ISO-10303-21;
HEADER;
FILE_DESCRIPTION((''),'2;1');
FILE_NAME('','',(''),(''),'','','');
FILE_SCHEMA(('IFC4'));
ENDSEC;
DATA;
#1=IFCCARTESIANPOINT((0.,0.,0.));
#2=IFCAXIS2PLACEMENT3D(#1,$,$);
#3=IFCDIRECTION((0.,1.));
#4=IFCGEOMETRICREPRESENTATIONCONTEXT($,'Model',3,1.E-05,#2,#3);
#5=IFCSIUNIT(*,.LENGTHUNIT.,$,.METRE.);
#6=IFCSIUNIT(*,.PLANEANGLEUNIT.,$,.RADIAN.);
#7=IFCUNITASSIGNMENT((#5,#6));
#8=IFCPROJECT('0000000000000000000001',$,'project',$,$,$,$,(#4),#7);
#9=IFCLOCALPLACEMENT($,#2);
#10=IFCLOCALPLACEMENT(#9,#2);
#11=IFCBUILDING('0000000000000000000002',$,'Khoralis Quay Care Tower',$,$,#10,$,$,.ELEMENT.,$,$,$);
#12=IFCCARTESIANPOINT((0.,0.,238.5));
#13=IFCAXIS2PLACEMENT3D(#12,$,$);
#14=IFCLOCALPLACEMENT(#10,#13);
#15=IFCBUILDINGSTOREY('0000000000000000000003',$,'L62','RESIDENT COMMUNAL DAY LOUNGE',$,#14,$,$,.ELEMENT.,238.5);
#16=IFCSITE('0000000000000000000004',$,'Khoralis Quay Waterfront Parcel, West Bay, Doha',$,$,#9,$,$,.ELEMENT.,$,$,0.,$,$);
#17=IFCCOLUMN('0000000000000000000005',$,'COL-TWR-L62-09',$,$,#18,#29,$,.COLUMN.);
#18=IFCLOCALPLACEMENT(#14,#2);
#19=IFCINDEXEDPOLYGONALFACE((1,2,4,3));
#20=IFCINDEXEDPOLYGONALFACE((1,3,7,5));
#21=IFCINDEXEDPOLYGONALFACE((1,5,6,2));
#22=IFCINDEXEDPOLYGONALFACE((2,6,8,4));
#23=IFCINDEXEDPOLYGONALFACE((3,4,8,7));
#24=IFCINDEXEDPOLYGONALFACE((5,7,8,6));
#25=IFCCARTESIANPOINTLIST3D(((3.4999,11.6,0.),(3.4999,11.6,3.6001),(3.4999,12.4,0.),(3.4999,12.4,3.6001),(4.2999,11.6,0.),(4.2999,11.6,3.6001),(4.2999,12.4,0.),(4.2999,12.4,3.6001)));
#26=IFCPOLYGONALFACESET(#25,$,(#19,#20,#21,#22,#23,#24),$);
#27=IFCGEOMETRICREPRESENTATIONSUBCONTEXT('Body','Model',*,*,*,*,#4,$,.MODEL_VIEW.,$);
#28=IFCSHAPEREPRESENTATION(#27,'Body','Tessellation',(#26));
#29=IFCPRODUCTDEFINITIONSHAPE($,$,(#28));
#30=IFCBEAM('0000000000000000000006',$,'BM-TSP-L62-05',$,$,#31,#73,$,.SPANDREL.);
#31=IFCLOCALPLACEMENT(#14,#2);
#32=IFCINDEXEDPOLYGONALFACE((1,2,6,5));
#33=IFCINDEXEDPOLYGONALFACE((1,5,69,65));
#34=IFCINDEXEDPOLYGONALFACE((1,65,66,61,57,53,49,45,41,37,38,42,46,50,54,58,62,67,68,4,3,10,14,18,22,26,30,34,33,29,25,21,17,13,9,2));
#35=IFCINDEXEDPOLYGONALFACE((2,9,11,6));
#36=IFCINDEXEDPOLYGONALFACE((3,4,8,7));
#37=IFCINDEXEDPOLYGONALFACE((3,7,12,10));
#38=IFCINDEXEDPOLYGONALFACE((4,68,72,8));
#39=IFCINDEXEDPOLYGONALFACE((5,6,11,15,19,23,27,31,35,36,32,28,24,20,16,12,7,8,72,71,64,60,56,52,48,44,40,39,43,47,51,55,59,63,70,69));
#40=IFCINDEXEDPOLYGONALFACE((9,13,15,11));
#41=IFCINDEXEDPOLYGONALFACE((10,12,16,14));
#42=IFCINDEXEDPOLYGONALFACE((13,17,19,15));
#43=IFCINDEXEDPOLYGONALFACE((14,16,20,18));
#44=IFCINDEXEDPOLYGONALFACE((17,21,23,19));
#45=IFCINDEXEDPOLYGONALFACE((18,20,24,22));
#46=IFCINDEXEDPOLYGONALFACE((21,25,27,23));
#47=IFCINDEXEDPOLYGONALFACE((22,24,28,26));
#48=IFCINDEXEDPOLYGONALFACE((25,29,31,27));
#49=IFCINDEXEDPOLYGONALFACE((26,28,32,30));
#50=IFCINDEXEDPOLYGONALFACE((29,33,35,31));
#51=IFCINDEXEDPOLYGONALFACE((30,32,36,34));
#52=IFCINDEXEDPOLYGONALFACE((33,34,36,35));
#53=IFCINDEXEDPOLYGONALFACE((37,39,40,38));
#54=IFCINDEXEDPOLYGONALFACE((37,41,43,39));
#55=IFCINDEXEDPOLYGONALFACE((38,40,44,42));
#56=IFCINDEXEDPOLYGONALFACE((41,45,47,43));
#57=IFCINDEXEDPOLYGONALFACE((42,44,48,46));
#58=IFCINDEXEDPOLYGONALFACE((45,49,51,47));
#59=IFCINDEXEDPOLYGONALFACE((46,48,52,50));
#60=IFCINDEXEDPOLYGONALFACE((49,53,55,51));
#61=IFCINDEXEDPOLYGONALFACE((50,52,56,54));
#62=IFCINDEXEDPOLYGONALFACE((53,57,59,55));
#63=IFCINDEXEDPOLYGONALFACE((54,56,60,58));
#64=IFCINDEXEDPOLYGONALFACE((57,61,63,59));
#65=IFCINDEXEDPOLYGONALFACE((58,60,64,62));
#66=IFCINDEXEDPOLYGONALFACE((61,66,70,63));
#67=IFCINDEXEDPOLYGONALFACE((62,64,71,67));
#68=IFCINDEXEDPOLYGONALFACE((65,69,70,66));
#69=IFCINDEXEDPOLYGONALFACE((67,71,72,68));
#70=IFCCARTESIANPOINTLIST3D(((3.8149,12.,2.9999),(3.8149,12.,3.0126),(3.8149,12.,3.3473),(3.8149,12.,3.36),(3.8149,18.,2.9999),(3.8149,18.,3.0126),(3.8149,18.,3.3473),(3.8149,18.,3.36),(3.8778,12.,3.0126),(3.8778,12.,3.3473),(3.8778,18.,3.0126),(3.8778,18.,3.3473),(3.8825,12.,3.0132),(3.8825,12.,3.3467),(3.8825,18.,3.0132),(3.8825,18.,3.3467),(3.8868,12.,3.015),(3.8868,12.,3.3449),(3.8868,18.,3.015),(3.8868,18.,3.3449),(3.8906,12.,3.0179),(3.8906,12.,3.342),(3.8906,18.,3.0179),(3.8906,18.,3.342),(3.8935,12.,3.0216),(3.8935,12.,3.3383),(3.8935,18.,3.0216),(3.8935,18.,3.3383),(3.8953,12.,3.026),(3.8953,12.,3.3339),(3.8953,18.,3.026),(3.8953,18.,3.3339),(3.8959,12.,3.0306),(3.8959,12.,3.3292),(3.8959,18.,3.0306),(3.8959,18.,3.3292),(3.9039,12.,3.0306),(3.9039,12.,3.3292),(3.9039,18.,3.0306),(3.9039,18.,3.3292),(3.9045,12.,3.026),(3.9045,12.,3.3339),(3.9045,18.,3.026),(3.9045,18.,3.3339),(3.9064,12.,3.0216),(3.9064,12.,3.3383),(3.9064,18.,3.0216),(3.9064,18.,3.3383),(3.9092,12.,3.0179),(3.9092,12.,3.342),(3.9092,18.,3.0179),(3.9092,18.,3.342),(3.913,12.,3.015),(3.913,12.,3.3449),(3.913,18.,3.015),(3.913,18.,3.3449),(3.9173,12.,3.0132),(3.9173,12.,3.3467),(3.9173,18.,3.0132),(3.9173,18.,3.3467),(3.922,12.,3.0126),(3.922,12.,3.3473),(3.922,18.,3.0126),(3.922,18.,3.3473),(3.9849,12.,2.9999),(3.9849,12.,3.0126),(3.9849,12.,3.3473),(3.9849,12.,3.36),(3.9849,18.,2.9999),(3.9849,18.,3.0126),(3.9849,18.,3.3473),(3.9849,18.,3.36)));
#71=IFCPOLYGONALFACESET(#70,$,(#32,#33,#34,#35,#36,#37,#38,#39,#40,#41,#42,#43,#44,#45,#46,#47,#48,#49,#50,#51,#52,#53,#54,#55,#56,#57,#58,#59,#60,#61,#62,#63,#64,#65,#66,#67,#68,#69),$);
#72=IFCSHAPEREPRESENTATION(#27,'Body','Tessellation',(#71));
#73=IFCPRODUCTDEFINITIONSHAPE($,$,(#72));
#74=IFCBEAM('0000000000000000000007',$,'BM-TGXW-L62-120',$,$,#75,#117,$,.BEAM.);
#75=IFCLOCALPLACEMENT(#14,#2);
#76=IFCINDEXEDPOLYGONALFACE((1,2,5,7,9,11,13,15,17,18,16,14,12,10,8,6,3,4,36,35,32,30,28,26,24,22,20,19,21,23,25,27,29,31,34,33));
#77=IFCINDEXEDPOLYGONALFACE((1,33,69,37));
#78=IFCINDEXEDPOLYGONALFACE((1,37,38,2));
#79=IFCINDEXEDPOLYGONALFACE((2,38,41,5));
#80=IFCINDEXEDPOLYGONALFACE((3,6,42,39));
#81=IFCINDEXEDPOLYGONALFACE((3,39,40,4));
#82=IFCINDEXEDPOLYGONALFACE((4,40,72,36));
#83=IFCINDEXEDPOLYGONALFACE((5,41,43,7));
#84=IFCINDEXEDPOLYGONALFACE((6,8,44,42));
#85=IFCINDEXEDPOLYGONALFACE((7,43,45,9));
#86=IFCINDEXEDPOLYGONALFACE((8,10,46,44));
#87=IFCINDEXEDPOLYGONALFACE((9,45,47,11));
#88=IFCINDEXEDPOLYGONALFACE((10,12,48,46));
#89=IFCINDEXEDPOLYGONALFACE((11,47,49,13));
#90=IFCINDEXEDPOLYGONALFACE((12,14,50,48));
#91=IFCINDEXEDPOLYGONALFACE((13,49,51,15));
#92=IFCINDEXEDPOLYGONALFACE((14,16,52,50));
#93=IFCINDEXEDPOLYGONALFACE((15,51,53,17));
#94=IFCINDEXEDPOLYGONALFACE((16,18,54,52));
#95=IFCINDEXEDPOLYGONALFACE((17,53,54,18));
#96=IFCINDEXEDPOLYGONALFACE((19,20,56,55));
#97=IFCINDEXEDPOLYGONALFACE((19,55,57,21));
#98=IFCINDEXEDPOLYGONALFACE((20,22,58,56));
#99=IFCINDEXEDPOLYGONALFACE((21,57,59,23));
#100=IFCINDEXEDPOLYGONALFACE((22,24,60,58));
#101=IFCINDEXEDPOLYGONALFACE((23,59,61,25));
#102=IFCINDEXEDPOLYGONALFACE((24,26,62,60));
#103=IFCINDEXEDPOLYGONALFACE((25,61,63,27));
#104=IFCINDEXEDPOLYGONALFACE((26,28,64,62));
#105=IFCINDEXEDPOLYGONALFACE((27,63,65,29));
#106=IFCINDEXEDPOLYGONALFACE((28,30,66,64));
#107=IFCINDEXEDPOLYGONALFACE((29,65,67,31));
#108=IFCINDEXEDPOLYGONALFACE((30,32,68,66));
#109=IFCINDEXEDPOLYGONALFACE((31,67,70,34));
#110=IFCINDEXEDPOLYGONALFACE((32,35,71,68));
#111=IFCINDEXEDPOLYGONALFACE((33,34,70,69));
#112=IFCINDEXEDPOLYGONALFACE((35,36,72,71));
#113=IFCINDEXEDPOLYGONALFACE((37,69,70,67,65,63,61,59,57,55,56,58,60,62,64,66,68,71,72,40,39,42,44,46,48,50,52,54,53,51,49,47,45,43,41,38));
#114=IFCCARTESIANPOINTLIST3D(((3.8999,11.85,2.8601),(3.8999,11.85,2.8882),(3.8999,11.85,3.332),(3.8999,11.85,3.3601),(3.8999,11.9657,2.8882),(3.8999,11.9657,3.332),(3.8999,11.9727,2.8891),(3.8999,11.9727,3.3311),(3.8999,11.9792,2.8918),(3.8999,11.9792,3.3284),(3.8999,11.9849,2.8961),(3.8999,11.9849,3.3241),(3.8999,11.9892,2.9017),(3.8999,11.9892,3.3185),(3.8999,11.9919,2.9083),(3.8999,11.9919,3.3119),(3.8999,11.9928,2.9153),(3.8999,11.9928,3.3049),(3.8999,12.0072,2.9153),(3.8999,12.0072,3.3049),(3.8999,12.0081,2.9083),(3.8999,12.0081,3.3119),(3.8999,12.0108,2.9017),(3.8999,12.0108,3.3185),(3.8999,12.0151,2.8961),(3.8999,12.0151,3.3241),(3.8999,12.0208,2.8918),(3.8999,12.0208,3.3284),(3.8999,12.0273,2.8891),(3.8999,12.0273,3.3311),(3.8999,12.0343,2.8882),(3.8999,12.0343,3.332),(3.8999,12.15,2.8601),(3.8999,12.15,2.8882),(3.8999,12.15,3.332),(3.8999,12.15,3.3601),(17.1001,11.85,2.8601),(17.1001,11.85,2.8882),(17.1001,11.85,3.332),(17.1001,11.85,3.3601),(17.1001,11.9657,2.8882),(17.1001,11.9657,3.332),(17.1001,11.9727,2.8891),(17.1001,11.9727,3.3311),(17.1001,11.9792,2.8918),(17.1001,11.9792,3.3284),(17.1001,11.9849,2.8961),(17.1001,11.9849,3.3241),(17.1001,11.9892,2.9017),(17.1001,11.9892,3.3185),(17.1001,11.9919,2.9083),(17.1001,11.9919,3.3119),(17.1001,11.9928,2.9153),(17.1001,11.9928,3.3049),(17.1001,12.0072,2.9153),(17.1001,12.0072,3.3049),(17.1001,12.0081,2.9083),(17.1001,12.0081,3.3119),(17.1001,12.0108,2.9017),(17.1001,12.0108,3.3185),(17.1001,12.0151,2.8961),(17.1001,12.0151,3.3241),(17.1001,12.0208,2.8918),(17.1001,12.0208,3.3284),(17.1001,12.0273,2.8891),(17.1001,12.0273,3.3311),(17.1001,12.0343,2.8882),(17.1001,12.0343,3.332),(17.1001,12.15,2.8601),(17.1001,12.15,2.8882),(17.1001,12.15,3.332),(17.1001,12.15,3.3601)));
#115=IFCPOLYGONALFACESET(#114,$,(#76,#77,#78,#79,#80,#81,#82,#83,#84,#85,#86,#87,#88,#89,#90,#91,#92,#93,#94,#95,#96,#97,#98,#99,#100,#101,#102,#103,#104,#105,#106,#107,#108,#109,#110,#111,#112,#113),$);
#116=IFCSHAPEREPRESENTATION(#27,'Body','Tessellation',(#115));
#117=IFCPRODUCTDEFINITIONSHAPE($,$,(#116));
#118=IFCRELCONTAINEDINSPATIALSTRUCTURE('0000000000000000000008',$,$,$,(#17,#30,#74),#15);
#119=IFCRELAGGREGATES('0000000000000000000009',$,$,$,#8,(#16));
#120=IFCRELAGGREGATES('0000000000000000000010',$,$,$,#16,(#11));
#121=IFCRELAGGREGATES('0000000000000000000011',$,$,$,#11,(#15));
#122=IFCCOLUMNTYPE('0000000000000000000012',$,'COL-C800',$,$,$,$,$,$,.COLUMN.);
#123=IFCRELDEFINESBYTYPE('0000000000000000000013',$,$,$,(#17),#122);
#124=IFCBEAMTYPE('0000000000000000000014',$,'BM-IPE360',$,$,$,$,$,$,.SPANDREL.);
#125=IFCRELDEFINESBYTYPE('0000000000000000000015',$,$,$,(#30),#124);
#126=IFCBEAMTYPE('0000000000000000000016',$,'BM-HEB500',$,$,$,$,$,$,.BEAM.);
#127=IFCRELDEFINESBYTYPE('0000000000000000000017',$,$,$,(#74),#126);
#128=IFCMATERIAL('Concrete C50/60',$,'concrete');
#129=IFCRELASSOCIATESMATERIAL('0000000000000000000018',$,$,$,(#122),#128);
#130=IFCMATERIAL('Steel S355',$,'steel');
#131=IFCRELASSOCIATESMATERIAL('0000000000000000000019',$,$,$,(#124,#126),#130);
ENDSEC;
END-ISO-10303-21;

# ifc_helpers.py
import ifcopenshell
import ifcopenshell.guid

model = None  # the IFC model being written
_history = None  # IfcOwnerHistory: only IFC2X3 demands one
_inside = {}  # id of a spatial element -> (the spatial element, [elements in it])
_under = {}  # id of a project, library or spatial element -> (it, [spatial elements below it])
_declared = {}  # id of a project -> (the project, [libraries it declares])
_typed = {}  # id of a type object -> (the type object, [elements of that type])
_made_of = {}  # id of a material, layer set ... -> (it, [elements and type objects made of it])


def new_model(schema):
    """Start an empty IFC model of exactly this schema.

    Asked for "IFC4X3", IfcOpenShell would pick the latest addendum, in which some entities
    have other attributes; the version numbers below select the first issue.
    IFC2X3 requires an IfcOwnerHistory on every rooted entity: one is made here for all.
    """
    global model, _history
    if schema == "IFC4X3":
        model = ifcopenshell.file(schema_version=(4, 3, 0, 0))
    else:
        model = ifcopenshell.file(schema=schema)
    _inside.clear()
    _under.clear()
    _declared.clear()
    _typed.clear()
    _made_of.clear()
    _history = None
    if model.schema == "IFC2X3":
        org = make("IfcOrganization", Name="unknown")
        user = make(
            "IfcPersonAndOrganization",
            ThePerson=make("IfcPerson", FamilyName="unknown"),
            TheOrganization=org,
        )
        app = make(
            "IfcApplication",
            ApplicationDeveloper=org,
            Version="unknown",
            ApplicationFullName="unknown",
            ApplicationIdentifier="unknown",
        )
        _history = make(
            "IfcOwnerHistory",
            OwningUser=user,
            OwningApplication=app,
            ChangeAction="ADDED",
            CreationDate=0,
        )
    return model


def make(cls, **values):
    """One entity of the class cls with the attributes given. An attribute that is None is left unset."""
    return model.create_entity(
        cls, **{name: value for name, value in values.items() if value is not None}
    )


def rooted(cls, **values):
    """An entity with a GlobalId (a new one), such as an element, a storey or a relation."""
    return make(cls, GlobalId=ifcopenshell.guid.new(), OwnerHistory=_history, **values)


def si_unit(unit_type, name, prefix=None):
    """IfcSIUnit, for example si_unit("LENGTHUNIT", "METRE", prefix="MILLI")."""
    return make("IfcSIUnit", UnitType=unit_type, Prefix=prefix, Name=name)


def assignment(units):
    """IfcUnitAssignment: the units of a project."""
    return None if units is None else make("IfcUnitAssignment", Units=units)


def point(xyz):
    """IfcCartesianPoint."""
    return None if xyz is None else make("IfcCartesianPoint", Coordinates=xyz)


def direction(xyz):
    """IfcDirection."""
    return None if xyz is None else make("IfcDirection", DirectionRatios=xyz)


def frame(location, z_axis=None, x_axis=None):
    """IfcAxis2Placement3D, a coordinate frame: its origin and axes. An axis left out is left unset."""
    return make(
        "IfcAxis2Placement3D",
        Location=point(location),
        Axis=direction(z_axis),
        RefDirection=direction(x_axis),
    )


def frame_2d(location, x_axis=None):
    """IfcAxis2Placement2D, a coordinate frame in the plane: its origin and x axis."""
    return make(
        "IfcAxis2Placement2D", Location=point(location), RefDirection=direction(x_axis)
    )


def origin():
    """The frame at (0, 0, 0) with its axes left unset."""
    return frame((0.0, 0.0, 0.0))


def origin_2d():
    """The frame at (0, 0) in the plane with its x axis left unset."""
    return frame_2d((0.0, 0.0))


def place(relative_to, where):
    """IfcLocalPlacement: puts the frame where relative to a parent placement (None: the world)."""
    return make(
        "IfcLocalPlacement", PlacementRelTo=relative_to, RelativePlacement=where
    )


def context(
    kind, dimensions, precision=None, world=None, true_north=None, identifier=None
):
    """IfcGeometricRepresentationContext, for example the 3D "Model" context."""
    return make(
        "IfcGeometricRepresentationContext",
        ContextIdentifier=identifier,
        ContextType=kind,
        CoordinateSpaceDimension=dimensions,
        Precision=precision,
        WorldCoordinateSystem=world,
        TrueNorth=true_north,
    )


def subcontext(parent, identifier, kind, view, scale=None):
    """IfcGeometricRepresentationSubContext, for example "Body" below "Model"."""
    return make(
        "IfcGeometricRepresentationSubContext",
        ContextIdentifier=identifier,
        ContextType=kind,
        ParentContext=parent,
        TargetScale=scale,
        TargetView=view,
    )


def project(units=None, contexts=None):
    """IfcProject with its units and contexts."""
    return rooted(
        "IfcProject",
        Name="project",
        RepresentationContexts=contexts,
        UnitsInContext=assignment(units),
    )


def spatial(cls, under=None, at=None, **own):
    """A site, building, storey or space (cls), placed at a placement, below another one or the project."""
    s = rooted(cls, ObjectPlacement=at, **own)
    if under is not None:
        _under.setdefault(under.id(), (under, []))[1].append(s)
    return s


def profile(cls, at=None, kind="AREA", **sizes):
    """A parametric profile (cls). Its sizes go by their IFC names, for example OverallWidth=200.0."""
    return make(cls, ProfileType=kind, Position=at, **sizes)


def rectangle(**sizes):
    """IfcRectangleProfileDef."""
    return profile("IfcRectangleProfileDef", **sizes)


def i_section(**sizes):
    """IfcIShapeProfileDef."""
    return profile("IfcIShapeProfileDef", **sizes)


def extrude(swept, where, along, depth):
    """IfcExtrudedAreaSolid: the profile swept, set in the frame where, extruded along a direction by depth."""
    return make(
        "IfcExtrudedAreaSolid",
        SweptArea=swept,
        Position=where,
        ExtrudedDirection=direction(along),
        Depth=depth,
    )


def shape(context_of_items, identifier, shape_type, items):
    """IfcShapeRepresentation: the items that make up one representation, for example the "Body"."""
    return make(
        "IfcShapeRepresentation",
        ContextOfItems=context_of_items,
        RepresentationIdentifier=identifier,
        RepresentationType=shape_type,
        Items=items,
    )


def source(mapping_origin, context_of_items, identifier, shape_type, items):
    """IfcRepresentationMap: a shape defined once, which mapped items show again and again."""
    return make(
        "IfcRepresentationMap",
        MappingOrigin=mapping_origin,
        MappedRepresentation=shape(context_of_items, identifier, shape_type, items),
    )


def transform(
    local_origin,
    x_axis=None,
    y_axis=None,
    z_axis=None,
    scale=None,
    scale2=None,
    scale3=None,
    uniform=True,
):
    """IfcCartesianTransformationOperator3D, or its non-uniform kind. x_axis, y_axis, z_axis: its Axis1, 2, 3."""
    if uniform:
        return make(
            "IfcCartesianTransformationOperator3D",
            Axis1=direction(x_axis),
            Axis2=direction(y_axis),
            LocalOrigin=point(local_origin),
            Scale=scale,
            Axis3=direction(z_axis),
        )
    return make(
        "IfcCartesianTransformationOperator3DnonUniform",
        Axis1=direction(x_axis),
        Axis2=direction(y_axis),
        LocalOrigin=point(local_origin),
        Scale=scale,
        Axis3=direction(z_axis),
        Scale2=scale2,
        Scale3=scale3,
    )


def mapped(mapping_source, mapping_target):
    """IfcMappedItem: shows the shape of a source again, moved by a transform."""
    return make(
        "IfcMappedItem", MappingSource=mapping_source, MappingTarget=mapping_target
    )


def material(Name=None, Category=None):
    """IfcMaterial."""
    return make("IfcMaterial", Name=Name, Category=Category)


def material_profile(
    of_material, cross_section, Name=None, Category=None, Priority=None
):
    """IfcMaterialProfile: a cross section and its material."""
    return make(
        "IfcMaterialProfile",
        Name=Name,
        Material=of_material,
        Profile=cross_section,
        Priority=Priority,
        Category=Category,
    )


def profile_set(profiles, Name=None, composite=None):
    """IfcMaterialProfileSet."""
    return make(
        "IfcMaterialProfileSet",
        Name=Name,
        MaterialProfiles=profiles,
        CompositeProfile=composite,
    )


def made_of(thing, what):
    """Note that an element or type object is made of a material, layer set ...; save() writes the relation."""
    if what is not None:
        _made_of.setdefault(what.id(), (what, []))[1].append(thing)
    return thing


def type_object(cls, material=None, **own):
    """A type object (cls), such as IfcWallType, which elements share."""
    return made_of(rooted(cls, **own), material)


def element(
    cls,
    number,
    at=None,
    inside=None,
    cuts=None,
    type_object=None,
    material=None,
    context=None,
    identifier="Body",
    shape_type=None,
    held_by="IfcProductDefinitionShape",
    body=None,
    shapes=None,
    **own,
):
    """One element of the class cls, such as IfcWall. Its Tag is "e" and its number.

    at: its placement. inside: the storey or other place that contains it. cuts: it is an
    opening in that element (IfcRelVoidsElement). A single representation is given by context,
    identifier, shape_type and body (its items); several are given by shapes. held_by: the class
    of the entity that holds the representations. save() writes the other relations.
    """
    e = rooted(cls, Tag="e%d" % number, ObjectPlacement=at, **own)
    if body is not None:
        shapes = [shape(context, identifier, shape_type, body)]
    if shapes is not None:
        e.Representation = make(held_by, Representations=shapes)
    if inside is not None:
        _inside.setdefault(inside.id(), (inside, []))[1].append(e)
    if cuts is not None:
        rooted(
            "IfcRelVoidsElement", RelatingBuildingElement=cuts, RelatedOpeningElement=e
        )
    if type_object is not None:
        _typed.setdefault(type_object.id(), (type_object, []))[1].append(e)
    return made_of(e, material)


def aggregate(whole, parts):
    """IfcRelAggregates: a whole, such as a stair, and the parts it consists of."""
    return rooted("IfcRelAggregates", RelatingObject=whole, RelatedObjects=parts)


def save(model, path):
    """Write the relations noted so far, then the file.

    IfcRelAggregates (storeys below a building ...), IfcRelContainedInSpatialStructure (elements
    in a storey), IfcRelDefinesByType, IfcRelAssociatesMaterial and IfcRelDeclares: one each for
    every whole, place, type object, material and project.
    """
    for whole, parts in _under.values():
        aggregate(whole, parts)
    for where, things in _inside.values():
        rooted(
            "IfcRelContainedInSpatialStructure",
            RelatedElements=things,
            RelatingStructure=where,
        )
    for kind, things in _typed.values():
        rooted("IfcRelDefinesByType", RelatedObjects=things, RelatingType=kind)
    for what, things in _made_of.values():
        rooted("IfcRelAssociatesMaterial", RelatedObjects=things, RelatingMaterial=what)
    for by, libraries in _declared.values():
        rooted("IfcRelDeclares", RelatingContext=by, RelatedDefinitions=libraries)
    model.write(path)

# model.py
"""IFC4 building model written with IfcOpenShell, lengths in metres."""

from ifc_helpers import new_model, si_unit, direction, frame, origin, origin_2d, place, context, subcontext, project, spatial, rectangle, i_section, extrude, source, transform, mapped, material, material_profile, profile_set, type_object, element, save


model = new_model("IFC4")

# Units and contexts
model_context = context("Model", 3, precision=1e-05, world=origin(), true_north=direction((0.0, 1.0)))
body_context = subcontext(model_context, "Body", "Model", "MODEL_VIEW")
ifc_project = project(units=[si_unit("LENGTHUNIT", "METRE"), si_unit("PLANEANGLEUNIT", "RADIAN")], contexts=[model_context])

# Site, building, storey
site_placement = place(None, origin())
site = spatial("IfcSite", under=ifc_project, at=site_placement, Name="Khoralis Quay Waterfront Parcel, West Bay, Doha", CompositionType="ELEMENT", RefElevation=0.0)
building_placement = place(site_placement, origin())
building = spatial("IfcBuilding", under=site, at=building_placement, Name="Khoralis Quay Care Tower", CompositionType="ELEMENT")
storey_placement = place(building_placement, frame((0.0, 0.0, 238.5)))
storey = spatial("IfcBuildingStorey", under=building, at=storey_placement, Name="L62", Description="RESIDENT COMMUNAL DAY LOUNGE", CompositionType="ELEMENT", Elevation=238.5)

# Column
ifc_material_1 = material(Name="Concrete C50/60", Category="concrete")
ifc_material_profile_1 = material_profile(ifc_material_1, rectangle(XDim=0.8, YDim=0.8, at=origin_2d()), Name="Concrete C50/60")
ifc_profile_set_1 = profile_set([ifc_material_profile_1], Name="Concrete C50/60")
column_type = type_object("IfcColumnType", Name="COL-C800", PredefinedType="COLUMN", material=ifc_profile_set_1)
shared_shape_1 = source(origin(), body_context, "Body", "SweptSolid", [
    extrude(rectangle(XDim=0.8, YDim=0.8, at=origin_2d()), origin(), (0.0, 0.0, 1.0), 3.6001),
])
column_placement = place(storey_placement, frame((3.8999, 12.0, 0.0), z_axis=(0.0, 0.0, 1.0), x_axis=(1.0, 0.0, 0.0)))
element("IfcColumn", 1, at=column_placement, inside=storey, type_object=column_type, Name="COL-TWR-L62-09", PredefinedType="COLUMN", context=body_context, shape_type="MappedRepresentation", body=[
    mapped(shared_shape_1, transform((0.0, 0.0, 0.0), scale=1.0)),
])

# Beams
ifc_material_2 = material(Name="Steel S355", Category="steel")
ifc_material_profile_2 = material_profile(ifc_material_2, i_section(OverallWidth=0.1699, OverallDepth=0.3601, WebThickness=0.0081, FlangeThickness=0.0127, FilletRadius=0.0181, at=origin_2d()), Name="Steel S355")
ifc_profile_set_2 = profile_set([ifc_material_profile_2], Name="Steel S355")
beam_type_1 = type_object("IfcBeamType", Name="BM-IPE360", PredefinedType="SPANDREL", material=ifc_profile_set_2)
shared_shape_2 = source(origin(), body_context, "Body", "SweptSolid", [
    extrude(i_section(OverallWidth=0.1699, OverallDepth=0.3601, WebThickness=0.0081, FlangeThickness=0.0127, FilletRadius=0.0181, at=origin_2d()), origin(), (0.0, 0.0, 1.0), 6.0),
])
beam_1_placement = place(storey_placement, frame((3.8999, 12.0, 3.1799), z_axis=(0.0, 1.0, 0.0), x_axis=(-1.0, 0.0, 0.0)))
element("IfcBeam", 2, at=beam_1_placement, inside=storey, type_object=beam_type_1, Name="BM-TSP-L62-05", PredefinedType="SPANDREL", context=body_context, shape_type="MappedRepresentation", body=[
    mapped(shared_shape_2, transform((0.0, 0.0, 0.0), scale=1.0)),
])
ifc_material_profile_3 = material_profile(ifc_material_2, i_section(OverallWidth=0.3, OverallDepth=0.5, WebThickness=0.0144, FlangeThickness=0.0281, FilletRadius=0.0271, at=origin_2d()), Name="Steel S355")
ifc_profile_set_3 = profile_set([ifc_material_profile_3], Name="Steel S355")
beam_type_2 = type_object("IfcBeamType", Name="BM-HEB500", PredefinedType="BEAM", material=ifc_profile_set_3)
shared_shape_3 = source(origin(), body_context, "Body", "SweptSolid", [
    extrude(i_section(OverallWidth=0.3, OverallDepth=0.5, WebThickness=0.0144, FlangeThickness=0.0281, FilletRadius=0.0271, at=origin_2d()), origin(), (0.0, 0.0, 1.0), 13.2002),
])
beam_2_placement = place(storey_placement, frame((3.8999, 12.0, 3.1101), z_axis=(1.0, 0.0, 0.0), x_axis=(0.0, 1.0, 0.0)))
element("IfcBeam", 3, at=beam_2_placement, inside=storey, type_object=beam_type_2, Name="BM-TGXW-L62-120", PredefinedType="BEAM", context=body_context, shape_type="MappedRepresentation", body=[
    mapped(shared_shape_3, transform((0.0, 0.0, 0.0), scale=1.0)),
])

save(model, "model.ifc")
